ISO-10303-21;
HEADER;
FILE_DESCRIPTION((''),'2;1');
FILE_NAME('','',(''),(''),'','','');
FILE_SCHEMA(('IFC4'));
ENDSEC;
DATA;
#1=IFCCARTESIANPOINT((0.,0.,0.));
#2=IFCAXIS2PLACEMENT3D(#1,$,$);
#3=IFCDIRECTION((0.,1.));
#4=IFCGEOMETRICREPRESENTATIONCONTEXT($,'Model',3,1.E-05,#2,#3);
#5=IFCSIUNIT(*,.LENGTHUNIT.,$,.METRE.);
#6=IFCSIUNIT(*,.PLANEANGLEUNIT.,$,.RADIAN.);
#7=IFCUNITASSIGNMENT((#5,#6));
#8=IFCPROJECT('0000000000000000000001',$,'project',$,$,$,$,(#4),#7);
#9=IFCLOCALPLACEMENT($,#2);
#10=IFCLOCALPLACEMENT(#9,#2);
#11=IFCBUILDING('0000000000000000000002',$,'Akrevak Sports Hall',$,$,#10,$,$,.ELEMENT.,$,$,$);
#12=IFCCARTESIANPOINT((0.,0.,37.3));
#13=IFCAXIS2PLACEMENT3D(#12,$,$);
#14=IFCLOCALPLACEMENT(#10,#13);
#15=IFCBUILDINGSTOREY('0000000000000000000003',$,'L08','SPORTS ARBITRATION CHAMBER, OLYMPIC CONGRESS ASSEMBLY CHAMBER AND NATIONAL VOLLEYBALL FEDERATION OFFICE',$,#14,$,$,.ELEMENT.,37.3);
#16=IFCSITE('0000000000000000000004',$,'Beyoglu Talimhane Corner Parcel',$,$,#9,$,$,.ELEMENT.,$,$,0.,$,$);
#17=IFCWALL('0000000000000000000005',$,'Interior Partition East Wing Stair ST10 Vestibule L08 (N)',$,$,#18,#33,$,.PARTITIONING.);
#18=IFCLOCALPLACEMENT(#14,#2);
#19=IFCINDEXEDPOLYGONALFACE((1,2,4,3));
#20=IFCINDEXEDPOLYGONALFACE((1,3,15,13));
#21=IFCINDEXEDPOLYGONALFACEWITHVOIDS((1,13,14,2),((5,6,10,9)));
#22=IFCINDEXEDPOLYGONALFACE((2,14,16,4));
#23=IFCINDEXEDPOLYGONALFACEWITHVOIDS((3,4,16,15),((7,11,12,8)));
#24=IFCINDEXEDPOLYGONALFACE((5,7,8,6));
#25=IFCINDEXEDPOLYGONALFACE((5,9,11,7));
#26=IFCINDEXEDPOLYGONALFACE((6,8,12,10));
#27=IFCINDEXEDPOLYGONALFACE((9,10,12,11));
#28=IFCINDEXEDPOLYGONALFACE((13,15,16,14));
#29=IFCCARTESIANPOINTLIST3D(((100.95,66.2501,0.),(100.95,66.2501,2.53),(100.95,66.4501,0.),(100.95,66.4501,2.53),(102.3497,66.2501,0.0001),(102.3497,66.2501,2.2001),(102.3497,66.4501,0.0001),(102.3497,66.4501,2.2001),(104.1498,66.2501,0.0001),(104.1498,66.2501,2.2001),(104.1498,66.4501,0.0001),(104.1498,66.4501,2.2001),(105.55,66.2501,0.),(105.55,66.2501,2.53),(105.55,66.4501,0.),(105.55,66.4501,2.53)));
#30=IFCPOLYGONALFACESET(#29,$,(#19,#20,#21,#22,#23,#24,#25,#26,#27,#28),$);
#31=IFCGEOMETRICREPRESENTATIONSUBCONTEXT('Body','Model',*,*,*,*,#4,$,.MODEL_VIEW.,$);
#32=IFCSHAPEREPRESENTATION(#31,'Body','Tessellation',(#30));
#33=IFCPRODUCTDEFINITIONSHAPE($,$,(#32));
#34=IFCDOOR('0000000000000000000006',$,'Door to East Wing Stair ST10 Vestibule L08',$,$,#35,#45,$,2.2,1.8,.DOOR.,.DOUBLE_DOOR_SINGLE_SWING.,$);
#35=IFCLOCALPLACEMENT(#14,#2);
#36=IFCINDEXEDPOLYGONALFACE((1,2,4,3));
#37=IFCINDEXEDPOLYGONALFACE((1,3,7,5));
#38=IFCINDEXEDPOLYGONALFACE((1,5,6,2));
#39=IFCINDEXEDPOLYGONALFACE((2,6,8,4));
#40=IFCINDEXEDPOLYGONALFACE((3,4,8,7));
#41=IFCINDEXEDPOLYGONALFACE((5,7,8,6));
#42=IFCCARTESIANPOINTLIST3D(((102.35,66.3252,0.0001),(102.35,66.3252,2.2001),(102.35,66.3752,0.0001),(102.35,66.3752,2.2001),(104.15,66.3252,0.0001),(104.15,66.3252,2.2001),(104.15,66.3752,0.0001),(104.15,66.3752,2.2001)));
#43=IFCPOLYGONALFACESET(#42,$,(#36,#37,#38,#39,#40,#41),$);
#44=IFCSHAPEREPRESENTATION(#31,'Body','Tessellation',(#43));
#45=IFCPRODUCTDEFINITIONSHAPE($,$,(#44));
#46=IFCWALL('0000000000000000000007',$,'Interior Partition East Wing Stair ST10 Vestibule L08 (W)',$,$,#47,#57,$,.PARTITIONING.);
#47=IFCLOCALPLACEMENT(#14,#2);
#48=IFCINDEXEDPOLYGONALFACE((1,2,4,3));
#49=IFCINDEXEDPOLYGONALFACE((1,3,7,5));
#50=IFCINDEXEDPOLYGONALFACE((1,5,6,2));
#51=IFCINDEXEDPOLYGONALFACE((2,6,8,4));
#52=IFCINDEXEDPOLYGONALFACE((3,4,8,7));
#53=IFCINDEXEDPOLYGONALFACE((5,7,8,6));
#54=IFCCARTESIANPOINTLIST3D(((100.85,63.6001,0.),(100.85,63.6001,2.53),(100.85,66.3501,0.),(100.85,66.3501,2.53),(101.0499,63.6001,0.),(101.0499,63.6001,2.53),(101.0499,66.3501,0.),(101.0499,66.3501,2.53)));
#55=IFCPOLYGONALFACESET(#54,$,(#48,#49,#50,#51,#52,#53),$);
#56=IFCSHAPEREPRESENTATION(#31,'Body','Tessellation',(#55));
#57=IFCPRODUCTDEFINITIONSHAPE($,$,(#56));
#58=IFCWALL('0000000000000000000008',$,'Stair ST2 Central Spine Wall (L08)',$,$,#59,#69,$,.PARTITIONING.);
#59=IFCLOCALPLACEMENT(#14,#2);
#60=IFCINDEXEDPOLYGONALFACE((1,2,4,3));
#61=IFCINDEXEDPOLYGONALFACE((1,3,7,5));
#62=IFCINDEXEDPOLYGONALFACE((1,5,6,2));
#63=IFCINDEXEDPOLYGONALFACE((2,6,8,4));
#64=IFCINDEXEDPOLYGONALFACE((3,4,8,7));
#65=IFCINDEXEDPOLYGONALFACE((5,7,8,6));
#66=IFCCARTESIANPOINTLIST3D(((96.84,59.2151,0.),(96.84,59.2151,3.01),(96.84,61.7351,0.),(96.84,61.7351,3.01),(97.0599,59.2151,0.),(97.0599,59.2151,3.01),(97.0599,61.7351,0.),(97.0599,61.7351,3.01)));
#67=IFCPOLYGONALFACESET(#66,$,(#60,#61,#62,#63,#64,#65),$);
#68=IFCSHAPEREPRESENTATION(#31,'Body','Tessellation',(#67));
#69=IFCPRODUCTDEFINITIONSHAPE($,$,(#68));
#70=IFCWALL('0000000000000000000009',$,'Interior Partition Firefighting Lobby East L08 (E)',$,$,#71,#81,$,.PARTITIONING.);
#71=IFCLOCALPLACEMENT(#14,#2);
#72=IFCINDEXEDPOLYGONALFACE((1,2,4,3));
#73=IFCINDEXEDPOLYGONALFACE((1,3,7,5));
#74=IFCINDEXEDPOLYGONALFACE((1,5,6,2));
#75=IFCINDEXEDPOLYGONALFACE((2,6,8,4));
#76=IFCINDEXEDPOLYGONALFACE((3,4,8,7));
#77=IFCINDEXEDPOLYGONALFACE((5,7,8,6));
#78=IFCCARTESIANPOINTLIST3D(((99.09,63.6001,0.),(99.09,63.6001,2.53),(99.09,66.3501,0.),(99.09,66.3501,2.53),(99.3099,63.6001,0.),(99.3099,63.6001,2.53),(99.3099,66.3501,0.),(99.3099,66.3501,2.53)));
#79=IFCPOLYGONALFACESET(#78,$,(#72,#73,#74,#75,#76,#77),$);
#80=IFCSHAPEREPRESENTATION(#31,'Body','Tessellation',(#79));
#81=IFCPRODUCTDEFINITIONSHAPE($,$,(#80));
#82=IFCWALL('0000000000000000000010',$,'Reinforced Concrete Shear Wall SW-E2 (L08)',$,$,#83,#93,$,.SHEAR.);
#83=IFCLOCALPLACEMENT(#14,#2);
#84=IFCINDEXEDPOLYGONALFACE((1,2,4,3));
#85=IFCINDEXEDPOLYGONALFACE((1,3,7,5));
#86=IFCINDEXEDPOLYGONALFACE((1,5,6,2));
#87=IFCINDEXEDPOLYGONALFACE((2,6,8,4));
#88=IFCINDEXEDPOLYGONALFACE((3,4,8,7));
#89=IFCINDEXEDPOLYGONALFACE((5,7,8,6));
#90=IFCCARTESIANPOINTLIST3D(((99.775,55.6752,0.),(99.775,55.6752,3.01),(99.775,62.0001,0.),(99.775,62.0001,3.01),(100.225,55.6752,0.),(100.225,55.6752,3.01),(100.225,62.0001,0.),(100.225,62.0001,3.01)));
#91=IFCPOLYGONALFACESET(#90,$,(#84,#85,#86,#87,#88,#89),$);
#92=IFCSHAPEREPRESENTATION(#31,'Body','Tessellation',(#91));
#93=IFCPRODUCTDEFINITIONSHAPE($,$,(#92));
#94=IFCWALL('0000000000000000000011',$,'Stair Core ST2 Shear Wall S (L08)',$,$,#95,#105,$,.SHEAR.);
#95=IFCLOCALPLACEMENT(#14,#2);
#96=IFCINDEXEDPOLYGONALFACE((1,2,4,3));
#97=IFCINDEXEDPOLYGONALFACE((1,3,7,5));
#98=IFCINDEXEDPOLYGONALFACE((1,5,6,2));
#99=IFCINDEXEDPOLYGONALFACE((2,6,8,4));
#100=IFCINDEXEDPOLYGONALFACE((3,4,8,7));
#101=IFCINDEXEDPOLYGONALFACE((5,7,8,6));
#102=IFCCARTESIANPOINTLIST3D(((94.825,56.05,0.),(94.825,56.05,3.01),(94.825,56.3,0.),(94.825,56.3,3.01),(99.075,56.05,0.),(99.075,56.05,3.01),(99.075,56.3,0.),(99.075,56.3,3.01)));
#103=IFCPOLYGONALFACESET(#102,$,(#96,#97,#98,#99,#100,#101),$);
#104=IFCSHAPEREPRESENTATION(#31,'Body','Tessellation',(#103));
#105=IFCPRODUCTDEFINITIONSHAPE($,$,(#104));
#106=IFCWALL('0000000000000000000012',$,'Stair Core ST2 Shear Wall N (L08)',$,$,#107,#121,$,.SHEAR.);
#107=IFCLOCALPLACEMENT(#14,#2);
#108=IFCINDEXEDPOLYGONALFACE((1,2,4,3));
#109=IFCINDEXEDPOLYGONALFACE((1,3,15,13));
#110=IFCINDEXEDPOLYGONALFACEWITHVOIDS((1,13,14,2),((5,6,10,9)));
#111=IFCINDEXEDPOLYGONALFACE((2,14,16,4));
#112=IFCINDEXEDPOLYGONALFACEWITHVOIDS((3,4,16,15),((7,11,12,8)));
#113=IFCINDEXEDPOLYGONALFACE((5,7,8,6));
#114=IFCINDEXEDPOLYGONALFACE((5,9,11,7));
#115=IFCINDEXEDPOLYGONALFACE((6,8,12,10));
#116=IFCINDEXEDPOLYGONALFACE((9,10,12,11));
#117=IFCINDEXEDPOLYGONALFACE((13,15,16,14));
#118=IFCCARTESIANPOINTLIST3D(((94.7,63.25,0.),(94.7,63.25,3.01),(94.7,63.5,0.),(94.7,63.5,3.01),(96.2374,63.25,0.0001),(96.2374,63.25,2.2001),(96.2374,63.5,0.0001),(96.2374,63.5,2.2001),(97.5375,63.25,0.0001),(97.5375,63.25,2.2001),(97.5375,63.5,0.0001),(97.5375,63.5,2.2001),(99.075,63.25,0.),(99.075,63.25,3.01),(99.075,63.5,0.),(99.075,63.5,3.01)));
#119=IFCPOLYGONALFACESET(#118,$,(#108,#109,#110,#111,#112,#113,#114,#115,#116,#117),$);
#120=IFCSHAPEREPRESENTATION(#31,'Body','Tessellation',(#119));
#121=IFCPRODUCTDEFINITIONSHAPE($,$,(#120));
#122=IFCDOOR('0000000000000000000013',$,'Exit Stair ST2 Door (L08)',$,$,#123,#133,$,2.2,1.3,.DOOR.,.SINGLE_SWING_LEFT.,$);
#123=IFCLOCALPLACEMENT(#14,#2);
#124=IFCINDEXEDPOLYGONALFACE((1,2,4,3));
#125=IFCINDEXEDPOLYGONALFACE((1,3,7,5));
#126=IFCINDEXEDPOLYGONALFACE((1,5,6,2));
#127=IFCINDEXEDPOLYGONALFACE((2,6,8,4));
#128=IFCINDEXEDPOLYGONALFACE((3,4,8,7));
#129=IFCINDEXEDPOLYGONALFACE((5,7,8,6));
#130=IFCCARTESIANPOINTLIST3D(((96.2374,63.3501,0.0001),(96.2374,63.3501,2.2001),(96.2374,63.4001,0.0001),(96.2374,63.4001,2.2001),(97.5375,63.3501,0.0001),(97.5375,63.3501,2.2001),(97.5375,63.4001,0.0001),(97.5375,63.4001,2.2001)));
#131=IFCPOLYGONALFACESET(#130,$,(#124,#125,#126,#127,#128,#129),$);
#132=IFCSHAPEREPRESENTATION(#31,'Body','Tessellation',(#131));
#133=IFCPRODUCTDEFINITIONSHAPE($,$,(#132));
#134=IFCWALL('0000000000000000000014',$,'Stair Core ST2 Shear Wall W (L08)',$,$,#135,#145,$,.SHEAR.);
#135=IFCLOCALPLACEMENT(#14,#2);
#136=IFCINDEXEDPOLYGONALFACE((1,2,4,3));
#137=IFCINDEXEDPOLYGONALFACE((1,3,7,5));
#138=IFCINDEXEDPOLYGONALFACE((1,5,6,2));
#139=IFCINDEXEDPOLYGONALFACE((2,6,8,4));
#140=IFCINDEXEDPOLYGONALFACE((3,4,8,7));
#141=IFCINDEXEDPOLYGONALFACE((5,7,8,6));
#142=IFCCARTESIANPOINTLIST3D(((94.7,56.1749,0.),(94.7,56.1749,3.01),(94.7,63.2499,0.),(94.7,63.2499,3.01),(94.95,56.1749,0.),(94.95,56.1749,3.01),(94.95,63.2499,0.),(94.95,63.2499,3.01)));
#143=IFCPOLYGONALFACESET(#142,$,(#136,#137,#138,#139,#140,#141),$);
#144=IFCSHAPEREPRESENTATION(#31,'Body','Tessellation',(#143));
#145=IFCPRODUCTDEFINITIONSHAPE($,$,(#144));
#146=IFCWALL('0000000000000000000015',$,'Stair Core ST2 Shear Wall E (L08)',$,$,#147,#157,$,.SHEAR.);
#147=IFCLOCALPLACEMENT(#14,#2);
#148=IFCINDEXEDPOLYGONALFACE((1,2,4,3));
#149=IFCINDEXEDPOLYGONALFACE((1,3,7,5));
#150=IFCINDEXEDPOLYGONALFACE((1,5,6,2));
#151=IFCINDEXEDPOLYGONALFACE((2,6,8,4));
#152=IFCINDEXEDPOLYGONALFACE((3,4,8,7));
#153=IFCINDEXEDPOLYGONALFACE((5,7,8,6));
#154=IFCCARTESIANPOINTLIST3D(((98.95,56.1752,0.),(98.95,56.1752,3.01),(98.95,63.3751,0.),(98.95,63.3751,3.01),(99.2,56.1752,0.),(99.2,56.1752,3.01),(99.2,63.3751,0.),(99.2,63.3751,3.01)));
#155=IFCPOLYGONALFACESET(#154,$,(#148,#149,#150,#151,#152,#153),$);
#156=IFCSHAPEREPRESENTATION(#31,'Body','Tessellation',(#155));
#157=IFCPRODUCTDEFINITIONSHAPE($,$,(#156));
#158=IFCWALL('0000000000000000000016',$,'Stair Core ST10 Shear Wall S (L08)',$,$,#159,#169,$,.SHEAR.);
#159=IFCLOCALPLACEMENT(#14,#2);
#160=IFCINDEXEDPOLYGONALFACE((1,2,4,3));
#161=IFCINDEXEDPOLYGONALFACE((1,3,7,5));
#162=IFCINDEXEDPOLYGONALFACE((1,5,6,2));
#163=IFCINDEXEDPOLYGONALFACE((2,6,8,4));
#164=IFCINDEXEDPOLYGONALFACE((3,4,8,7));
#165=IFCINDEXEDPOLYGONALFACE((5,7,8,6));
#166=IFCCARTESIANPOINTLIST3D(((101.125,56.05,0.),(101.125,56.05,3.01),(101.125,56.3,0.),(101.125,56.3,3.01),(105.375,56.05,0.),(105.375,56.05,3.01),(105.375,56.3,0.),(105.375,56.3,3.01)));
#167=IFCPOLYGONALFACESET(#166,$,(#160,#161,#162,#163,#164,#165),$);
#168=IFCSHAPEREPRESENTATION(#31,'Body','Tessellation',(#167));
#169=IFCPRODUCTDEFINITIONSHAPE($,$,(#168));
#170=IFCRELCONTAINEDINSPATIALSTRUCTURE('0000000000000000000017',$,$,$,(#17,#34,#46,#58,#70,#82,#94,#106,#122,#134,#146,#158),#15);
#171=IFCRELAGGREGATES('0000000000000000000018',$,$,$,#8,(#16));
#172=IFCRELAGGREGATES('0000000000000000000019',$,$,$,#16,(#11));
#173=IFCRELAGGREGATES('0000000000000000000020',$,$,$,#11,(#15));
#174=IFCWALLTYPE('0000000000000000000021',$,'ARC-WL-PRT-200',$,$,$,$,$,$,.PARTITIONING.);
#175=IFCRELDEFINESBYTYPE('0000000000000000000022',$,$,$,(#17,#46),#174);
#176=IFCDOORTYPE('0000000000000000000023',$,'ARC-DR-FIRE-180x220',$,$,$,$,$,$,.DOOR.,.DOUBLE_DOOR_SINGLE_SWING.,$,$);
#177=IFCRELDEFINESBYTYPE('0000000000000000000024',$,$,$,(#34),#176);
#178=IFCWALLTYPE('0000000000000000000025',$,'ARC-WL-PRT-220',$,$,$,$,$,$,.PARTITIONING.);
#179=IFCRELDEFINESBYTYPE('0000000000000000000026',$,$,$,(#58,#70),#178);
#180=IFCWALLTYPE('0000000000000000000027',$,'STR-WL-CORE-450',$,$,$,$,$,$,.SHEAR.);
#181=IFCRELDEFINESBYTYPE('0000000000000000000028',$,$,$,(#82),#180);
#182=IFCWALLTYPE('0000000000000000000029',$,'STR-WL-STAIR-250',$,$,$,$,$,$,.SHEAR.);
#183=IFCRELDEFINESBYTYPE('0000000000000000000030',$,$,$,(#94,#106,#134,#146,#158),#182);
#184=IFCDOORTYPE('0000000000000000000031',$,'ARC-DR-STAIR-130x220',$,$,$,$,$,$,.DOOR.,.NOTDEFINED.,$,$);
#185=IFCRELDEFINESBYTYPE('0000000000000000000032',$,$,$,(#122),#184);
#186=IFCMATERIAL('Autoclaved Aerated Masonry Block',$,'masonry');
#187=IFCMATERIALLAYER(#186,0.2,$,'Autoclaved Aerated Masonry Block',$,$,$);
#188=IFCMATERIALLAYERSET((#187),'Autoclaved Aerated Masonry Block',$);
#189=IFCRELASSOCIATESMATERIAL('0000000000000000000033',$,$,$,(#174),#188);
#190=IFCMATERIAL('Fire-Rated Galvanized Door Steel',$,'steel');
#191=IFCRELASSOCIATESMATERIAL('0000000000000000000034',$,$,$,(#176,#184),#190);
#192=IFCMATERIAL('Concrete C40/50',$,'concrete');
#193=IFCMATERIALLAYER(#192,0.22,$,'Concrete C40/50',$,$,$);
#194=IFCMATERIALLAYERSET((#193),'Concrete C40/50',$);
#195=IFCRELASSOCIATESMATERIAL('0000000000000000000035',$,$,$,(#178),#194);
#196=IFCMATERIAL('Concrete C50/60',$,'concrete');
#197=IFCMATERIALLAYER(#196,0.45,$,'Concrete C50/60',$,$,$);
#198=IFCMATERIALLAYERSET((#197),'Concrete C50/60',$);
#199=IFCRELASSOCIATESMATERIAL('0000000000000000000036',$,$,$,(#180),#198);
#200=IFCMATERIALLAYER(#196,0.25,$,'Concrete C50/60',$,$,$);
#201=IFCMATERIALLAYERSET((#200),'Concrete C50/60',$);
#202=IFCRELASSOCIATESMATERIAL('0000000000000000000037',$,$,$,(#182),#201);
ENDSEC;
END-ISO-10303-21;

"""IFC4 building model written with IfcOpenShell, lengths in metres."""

from ifc_helpers import new_model, si_unit, direction, frame, frame_2d, origin, place, context, subcontext, project, spatial, rectangle, extrude, material, layer, layer_set, type_object, element, fill, save


model = new_model("IFC4")

# Units and contexts
model_context = context("Model", 3, precision=1e-05, world=origin(), true_north=direction((0.0, 1.0)))
body_context = subcontext(model_context, "Body", "Model", "MODEL_VIEW")
ifc_project = project(units=[si_unit("LENGTHUNIT", "METRE"), si_unit("PLANEANGLEUNIT", "RADIAN")], contexts=[model_context])

# Site, building, storey
site_placement = place(None, origin())
site = spatial("IfcSite", under=ifc_project, at=site_placement, Name="Beyoglu Talimhane Corner Parcel", CompositionType="ELEMENT", RefElevation=0.0)
building_placement = place(site_placement, origin())
building = spatial("IfcBuilding", under=site, at=building_placement, Name="Akrevak Sports Hall", CompositionType="ELEMENT")
storey_placement = place(building_placement, frame((0.0, 0.0, 37.3)))
storey = spatial("IfcBuildingStorey", under=building, at=storey_placement, Name="L08", Description="SPORTS ARBITRATION CHAMBER, OLYMPIC CONGRESS ASSEMBLY CHAMBER AND NATIONAL VOLLEYBALL FEDERATION OFFICE", CompositionType="ELEMENT", Elevation=37.3)

# Shared definitions
ifc_material_1 = material(Name="Concrete C40/50", Category="concrete")
ifc_material_2 = material(Name="Concrete C50/60", Category="concrete")

# Wall, opening, door
ifc_material_3 = material(Name="Autoclaved Aerated Masonry Block", Category="masonry")
ifc_layer_1 = layer(ifc_material_3, 0.2, Name="Autoclaved Aerated Masonry Block")
ifc_layer_set_1 = layer_set([ifc_layer_1], Name="Autoclaved Aerated Masonry Block")
wall_type_1 = type_object("IfcWallType", Name="ARC-WL-PRT-200", PredefinedType="PARTITIONING", material=ifc_layer_set_1)
wall_1_placement = place(storey_placement, frame((100.95, 66.3501, 0.0), z_axis=(0.0, 0.0, 1.0), x_axis=(1.0, 0.0, 0.0)))
wall_1 = element("IfcWall", 1, at=wall_1_placement, inside=storey, type_object=wall_type_1, Name="Interior Partition East Wing Stair ST10 Vestibule L08 (N)", PredefinedType="PARTITIONING", context=body_context, shape_type="SweptSolid", body=[
    extrude(rectangle(XDim=4.6001, YDim=0.2, at=frame_2d((2.3, 0.0))), origin(), (0.0, 0.0, 1.0), 2.53),
])
opening_1_placement = place(wall_1_placement, frame((1.3999, 0.0, 0.0)))
opening_1 = element("IfcOpeningElement", 2, at=opening_1_placement, cuts=wall_1, PredefinedType="OPENING", context=body_context, shape_type="SweptSolid", body=[
    extrude(rectangle(XDim=1.8, YDim=2.2, at=frame_2d((0.8999, 1.1001))), frame((0.0, 0.1118, 0.0), z_axis=(0.0, -1.0, 0.0), x_axis=(1.0, 0.0, 0.0)), (0.0, 0.0, 1.0), 0.2239),
])
ifc_material_4 = material(Name="Fire-Rated Galvanized Door Steel", Category="steel")
door_type_1 = type_object("IfcDoorType", Name="ARC-DR-FIRE-180x220", OperationType="DOUBLE_DOOR_SINGLE_SWING", PredefinedType="DOOR", material=ifc_material_4)
door_1_placement = place(opening_1_placement, frame((1.8, 0.0, 0.0), z_axis=(0.0, 0.0, 1.0), x_axis=(-1.0, 0.0, 0.0)))
door_1 = element("IfcDoor", 3, at=door_1_placement, inside=storey, type_object=door_type_1, Name="Door to East Wing Stair ST10 Vestibule L08", OperationType="DOUBLE_DOOR_SINGLE_SWING", OverallHeight=2.2, OverallWidth=1.8, PredefinedType="DOOR", context=body_context, shape_type="SweptSolid", body=[
    extrude(rectangle(XDim=1.8, YDim=2.2, at=frame_2d((0.8999, 1.1001))), frame((0.0, 0.0249, 0.0), z_axis=(0.0, -1.0, 0.0), x_axis=(1.0, 0.0, 0.0)), (0.0, 0.0, 1.0), 0.05),
])
fill(opening_1, door_1)

# Walls
wall_2_placement = place(storey_placement, frame((100.95, 63.6001, 0.0), z_axis=(0.0, 0.0, 1.0), x_axis=(0.0, 1.0, 0.0)))
element("IfcWall", 4, at=wall_2_placement, inside=storey, type_object=wall_type_1, Name="Interior Partition East Wing Stair ST10 Vestibule L08 (W)", PredefinedType="PARTITIONING", context=body_context, shape_type="SweptSolid", body=[
    extrude(rectangle(XDim=2.75, YDim=0.2, at=frame_2d((1.375, 0.0))), origin(), (0.0, 0.0, 1.0), 2.53),
])
ifc_layer_2 = layer(ifc_material_1, 0.22, Name="Concrete C40/50")
ifc_layer_set_2 = layer_set([ifc_layer_2], Name="Concrete C40/50")
wall_type_2 = type_object("IfcWallType", Name="ARC-WL-PRT-220", PredefinedType="PARTITIONING", material=ifc_layer_set_2)
wall_3_placement = place(storey_placement, frame((96.95, 59.2151, 0.0), z_axis=(0.0, 0.0, 1.0), x_axis=(0.0, 1.0, 0.0)))
element("IfcWall", 5, at=wall_3_placement, inside=storey, type_object=wall_type_2, Name="Stair ST2 Central Spine Wall (L08)", PredefinedType="PARTITIONING", context=body_context, shape_type="SweptSolid", body=[
    extrude(rectangle(XDim=2.52, YDim=0.22, at=frame_2d((1.26, 0.0))), origin(), (0.0, 0.0, 1.0), 3.01),
])
wall_4_placement = place(storey_placement, frame((99.2, 63.6001, 0.0), z_axis=(0.0, 0.0, 1.0), x_axis=(0.0, 1.0, 0.0)))
element("IfcWall", 6, at=wall_4_placement, inside=storey, type_object=wall_type_2, Name="Interior Partition Firefighting Lobby East L08 (E)", PredefinedType="PARTITIONING", context=body_context, shape_type="SweptSolid", body=[
    extrude(rectangle(XDim=2.75, YDim=0.22, at=frame_2d((1.375, 0.0))), origin(), (0.0, 0.0, 1.0), 2.53),
])
ifc_layer_3 = layer(ifc_material_2, 0.45, Name="Concrete C50/60")
ifc_layer_set_3 = layer_set([ifc_layer_3], Name="Concrete C50/60")
wall_type_3 = type_object("IfcWallType", Name="STR-WL-CORE-450", PredefinedType="SHEAR", material=ifc_layer_set_3)
wall_5_placement = place(storey_placement, frame((100.0, 55.675, 0.0), z_axis=(0.0, 0.0, 1.0), x_axis=(0.0, 1.0, 0.0)))
element("IfcWall", 7, at=wall_5_placement, inside=storey, type_object=wall_type_3, Name="Reinforced Concrete Shear Wall SW-E2 (L08)", PredefinedType="SHEAR", context=body_context, shape_type="SweptSolid", body=[
    extrude(rectangle(XDim=6.325, YDim=0.45, at=frame_2d((3.1626, 0.0))), origin(), (0.0, 0.0, 1.0), 3.01),
])
ifc_layer_4 = layer(ifc_material_2, 0.25, Name="Concrete C50/60")
ifc_layer_set_4 = layer_set([ifc_layer_4], Name="Concrete C50/60")
wall_type_4 = type_object("IfcWallType", Name="STR-WL-STAIR-250", PredefinedType="SHEAR", material=ifc_layer_set_4)
wall_6_placement = place(storey_placement, frame((94.825, 56.175, 0.0), z_axis=(0.0, 0.0, 1.0), x_axis=(1.0, 0.0, 0.0)))
element("IfcWall", 8, at=wall_6_placement, inside=storey, type_object=wall_type_4, Name="Stair Core ST2 Shear Wall S (L08)", PredefinedType="SHEAR", context=body_context, shape_type="SweptSolid", body=[
    extrude(rectangle(XDim=4.25, YDim=0.25, at=frame_2d((2.125, 0.0))), origin(), (0.0, 0.0, 1.0), 3.01),
])

# Wall, opening, door
wall_7_placement = place(storey_placement, frame((99.075, 63.375, 0.0), z_axis=(0.0, 0.0, 1.0), x_axis=(-1.0, 0.0, 0.0)))
wall_7 = element("IfcWall", 9, at=wall_7_placement, inside=storey, type_object=wall_type_4, Name="Stair Core ST2 Shear Wall N (L08)", PredefinedType="SHEAR", context=body_context, shape_type="SweptSolid", body=[
    extrude(rectangle(XDim=4.375, YDim=0.25, at=frame_2d((2.1875, 0.0))), origin(), (0.0, 0.0, 1.0), 3.01),
])
opening_2_placement = place(wall_7_placement, frame((1.5376, 0.0, 0.0)))
opening_2 = element("IfcOpeningElement", 10, at=opening_2_placement, cuts=wall_7, PredefinedType="OPENING", context=body_context, shape_type="SweptSolid", body=[
    extrude(rectangle(XDim=1.3, YDim=2.2, at=frame_2d((0.6499, 1.1001))), frame((0.0, 0.137, 0.0), z_axis=(0.0, -1.0, 0.0), x_axis=(1.0, 0.0, 0.0)), (0.0, 0.0, 1.0), 0.2739),
])
door_type_2 = type_object("IfcDoorType", Name="ARC-DR-STAIR-130x220", OperationType="NOTDEFINED", PredefinedType="DOOR", material=ifc_material_4)
door_2_placement = place(opening_2_placement, origin())
door_2 = element("IfcDoor", 11, at=door_2_placement, inside=storey, type_object=door_type_2, Name="Exit Stair ST2 Door (L08)", OperationType="SINGLE_SWING_LEFT", OverallHeight=2.2, OverallWidth=1.3, PredefinedType="DOOR", context=body_context, shape_type="SweptSolid", body=[
    extrude(rectangle(XDim=1.3, YDim=2.2, at=frame_2d((0.6499, 1.1001))), frame((0.0, 0.0249, 0.0), z_axis=(0.0, -1.0, 0.0), x_axis=(1.0, 0.0, 0.0)), (0.0, 0.0, 1.0), 0.05),
])
fill(opening_2, door_2)

# Walls
wall_8_placement = place(storey_placement, frame((94.825, 63.25, 0.0), z_axis=(0.0, 0.0, 1.0), x_axis=(0.0, -1.0, 0.0)))
element("IfcWall", 12, at=wall_8_placement, inside=storey, type_object=wall_type_4, Name="Stair Core ST2 Shear Wall W (L08)", PredefinedType="SHEAR", context=body_context, shape_type="SweptSolid", body=[
    extrude(rectangle(XDim=7.075, YDim=0.25, at=frame_2d((3.5376, 0.0))), origin(), (0.0, 0.0, 1.0), 3.01),
])
wall_9_placement = place(storey_placement, frame((99.075, 56.175, 0.0), z_axis=(0.0, 0.0, 1.0), x_axis=(0.0, 1.0, 0.0)))
element("IfcWall", 13, at=wall_9_placement, inside=storey, type_object=wall_type_4, Name="Stair Core ST2 Shear Wall E (L08)", PredefinedType="SHEAR", context=body_context, shape_type="SweptSolid", body=[
    extrude(rectangle(XDim=7.2, YDim=0.25, at=frame_2d((3.6001, 0.0))), origin(), (0.0, 0.0, 1.0), 3.01),
])
wall_10_placement = place(storey_placement, frame((101.125, 56.175, 0.0), z_axis=(0.0, 0.0, 1.0), x_axis=(1.0, 0.0, 0.0)))
element("IfcWall", 14, at=wall_10_placement, inside=storey, type_object=wall_type_4, Name="Stair Core ST10 Shear Wall S (L08)", PredefinedType="SHEAR", context=body_context, shape_type="SweptSolid", body=[
    extrude(rectangle(XDim=4.25, YDim=0.25, at=frame_2d((2.125, 0.0))), origin(), (0.0, 0.0, 1.0), 3.01),
])

save(model, "model.ifc")
